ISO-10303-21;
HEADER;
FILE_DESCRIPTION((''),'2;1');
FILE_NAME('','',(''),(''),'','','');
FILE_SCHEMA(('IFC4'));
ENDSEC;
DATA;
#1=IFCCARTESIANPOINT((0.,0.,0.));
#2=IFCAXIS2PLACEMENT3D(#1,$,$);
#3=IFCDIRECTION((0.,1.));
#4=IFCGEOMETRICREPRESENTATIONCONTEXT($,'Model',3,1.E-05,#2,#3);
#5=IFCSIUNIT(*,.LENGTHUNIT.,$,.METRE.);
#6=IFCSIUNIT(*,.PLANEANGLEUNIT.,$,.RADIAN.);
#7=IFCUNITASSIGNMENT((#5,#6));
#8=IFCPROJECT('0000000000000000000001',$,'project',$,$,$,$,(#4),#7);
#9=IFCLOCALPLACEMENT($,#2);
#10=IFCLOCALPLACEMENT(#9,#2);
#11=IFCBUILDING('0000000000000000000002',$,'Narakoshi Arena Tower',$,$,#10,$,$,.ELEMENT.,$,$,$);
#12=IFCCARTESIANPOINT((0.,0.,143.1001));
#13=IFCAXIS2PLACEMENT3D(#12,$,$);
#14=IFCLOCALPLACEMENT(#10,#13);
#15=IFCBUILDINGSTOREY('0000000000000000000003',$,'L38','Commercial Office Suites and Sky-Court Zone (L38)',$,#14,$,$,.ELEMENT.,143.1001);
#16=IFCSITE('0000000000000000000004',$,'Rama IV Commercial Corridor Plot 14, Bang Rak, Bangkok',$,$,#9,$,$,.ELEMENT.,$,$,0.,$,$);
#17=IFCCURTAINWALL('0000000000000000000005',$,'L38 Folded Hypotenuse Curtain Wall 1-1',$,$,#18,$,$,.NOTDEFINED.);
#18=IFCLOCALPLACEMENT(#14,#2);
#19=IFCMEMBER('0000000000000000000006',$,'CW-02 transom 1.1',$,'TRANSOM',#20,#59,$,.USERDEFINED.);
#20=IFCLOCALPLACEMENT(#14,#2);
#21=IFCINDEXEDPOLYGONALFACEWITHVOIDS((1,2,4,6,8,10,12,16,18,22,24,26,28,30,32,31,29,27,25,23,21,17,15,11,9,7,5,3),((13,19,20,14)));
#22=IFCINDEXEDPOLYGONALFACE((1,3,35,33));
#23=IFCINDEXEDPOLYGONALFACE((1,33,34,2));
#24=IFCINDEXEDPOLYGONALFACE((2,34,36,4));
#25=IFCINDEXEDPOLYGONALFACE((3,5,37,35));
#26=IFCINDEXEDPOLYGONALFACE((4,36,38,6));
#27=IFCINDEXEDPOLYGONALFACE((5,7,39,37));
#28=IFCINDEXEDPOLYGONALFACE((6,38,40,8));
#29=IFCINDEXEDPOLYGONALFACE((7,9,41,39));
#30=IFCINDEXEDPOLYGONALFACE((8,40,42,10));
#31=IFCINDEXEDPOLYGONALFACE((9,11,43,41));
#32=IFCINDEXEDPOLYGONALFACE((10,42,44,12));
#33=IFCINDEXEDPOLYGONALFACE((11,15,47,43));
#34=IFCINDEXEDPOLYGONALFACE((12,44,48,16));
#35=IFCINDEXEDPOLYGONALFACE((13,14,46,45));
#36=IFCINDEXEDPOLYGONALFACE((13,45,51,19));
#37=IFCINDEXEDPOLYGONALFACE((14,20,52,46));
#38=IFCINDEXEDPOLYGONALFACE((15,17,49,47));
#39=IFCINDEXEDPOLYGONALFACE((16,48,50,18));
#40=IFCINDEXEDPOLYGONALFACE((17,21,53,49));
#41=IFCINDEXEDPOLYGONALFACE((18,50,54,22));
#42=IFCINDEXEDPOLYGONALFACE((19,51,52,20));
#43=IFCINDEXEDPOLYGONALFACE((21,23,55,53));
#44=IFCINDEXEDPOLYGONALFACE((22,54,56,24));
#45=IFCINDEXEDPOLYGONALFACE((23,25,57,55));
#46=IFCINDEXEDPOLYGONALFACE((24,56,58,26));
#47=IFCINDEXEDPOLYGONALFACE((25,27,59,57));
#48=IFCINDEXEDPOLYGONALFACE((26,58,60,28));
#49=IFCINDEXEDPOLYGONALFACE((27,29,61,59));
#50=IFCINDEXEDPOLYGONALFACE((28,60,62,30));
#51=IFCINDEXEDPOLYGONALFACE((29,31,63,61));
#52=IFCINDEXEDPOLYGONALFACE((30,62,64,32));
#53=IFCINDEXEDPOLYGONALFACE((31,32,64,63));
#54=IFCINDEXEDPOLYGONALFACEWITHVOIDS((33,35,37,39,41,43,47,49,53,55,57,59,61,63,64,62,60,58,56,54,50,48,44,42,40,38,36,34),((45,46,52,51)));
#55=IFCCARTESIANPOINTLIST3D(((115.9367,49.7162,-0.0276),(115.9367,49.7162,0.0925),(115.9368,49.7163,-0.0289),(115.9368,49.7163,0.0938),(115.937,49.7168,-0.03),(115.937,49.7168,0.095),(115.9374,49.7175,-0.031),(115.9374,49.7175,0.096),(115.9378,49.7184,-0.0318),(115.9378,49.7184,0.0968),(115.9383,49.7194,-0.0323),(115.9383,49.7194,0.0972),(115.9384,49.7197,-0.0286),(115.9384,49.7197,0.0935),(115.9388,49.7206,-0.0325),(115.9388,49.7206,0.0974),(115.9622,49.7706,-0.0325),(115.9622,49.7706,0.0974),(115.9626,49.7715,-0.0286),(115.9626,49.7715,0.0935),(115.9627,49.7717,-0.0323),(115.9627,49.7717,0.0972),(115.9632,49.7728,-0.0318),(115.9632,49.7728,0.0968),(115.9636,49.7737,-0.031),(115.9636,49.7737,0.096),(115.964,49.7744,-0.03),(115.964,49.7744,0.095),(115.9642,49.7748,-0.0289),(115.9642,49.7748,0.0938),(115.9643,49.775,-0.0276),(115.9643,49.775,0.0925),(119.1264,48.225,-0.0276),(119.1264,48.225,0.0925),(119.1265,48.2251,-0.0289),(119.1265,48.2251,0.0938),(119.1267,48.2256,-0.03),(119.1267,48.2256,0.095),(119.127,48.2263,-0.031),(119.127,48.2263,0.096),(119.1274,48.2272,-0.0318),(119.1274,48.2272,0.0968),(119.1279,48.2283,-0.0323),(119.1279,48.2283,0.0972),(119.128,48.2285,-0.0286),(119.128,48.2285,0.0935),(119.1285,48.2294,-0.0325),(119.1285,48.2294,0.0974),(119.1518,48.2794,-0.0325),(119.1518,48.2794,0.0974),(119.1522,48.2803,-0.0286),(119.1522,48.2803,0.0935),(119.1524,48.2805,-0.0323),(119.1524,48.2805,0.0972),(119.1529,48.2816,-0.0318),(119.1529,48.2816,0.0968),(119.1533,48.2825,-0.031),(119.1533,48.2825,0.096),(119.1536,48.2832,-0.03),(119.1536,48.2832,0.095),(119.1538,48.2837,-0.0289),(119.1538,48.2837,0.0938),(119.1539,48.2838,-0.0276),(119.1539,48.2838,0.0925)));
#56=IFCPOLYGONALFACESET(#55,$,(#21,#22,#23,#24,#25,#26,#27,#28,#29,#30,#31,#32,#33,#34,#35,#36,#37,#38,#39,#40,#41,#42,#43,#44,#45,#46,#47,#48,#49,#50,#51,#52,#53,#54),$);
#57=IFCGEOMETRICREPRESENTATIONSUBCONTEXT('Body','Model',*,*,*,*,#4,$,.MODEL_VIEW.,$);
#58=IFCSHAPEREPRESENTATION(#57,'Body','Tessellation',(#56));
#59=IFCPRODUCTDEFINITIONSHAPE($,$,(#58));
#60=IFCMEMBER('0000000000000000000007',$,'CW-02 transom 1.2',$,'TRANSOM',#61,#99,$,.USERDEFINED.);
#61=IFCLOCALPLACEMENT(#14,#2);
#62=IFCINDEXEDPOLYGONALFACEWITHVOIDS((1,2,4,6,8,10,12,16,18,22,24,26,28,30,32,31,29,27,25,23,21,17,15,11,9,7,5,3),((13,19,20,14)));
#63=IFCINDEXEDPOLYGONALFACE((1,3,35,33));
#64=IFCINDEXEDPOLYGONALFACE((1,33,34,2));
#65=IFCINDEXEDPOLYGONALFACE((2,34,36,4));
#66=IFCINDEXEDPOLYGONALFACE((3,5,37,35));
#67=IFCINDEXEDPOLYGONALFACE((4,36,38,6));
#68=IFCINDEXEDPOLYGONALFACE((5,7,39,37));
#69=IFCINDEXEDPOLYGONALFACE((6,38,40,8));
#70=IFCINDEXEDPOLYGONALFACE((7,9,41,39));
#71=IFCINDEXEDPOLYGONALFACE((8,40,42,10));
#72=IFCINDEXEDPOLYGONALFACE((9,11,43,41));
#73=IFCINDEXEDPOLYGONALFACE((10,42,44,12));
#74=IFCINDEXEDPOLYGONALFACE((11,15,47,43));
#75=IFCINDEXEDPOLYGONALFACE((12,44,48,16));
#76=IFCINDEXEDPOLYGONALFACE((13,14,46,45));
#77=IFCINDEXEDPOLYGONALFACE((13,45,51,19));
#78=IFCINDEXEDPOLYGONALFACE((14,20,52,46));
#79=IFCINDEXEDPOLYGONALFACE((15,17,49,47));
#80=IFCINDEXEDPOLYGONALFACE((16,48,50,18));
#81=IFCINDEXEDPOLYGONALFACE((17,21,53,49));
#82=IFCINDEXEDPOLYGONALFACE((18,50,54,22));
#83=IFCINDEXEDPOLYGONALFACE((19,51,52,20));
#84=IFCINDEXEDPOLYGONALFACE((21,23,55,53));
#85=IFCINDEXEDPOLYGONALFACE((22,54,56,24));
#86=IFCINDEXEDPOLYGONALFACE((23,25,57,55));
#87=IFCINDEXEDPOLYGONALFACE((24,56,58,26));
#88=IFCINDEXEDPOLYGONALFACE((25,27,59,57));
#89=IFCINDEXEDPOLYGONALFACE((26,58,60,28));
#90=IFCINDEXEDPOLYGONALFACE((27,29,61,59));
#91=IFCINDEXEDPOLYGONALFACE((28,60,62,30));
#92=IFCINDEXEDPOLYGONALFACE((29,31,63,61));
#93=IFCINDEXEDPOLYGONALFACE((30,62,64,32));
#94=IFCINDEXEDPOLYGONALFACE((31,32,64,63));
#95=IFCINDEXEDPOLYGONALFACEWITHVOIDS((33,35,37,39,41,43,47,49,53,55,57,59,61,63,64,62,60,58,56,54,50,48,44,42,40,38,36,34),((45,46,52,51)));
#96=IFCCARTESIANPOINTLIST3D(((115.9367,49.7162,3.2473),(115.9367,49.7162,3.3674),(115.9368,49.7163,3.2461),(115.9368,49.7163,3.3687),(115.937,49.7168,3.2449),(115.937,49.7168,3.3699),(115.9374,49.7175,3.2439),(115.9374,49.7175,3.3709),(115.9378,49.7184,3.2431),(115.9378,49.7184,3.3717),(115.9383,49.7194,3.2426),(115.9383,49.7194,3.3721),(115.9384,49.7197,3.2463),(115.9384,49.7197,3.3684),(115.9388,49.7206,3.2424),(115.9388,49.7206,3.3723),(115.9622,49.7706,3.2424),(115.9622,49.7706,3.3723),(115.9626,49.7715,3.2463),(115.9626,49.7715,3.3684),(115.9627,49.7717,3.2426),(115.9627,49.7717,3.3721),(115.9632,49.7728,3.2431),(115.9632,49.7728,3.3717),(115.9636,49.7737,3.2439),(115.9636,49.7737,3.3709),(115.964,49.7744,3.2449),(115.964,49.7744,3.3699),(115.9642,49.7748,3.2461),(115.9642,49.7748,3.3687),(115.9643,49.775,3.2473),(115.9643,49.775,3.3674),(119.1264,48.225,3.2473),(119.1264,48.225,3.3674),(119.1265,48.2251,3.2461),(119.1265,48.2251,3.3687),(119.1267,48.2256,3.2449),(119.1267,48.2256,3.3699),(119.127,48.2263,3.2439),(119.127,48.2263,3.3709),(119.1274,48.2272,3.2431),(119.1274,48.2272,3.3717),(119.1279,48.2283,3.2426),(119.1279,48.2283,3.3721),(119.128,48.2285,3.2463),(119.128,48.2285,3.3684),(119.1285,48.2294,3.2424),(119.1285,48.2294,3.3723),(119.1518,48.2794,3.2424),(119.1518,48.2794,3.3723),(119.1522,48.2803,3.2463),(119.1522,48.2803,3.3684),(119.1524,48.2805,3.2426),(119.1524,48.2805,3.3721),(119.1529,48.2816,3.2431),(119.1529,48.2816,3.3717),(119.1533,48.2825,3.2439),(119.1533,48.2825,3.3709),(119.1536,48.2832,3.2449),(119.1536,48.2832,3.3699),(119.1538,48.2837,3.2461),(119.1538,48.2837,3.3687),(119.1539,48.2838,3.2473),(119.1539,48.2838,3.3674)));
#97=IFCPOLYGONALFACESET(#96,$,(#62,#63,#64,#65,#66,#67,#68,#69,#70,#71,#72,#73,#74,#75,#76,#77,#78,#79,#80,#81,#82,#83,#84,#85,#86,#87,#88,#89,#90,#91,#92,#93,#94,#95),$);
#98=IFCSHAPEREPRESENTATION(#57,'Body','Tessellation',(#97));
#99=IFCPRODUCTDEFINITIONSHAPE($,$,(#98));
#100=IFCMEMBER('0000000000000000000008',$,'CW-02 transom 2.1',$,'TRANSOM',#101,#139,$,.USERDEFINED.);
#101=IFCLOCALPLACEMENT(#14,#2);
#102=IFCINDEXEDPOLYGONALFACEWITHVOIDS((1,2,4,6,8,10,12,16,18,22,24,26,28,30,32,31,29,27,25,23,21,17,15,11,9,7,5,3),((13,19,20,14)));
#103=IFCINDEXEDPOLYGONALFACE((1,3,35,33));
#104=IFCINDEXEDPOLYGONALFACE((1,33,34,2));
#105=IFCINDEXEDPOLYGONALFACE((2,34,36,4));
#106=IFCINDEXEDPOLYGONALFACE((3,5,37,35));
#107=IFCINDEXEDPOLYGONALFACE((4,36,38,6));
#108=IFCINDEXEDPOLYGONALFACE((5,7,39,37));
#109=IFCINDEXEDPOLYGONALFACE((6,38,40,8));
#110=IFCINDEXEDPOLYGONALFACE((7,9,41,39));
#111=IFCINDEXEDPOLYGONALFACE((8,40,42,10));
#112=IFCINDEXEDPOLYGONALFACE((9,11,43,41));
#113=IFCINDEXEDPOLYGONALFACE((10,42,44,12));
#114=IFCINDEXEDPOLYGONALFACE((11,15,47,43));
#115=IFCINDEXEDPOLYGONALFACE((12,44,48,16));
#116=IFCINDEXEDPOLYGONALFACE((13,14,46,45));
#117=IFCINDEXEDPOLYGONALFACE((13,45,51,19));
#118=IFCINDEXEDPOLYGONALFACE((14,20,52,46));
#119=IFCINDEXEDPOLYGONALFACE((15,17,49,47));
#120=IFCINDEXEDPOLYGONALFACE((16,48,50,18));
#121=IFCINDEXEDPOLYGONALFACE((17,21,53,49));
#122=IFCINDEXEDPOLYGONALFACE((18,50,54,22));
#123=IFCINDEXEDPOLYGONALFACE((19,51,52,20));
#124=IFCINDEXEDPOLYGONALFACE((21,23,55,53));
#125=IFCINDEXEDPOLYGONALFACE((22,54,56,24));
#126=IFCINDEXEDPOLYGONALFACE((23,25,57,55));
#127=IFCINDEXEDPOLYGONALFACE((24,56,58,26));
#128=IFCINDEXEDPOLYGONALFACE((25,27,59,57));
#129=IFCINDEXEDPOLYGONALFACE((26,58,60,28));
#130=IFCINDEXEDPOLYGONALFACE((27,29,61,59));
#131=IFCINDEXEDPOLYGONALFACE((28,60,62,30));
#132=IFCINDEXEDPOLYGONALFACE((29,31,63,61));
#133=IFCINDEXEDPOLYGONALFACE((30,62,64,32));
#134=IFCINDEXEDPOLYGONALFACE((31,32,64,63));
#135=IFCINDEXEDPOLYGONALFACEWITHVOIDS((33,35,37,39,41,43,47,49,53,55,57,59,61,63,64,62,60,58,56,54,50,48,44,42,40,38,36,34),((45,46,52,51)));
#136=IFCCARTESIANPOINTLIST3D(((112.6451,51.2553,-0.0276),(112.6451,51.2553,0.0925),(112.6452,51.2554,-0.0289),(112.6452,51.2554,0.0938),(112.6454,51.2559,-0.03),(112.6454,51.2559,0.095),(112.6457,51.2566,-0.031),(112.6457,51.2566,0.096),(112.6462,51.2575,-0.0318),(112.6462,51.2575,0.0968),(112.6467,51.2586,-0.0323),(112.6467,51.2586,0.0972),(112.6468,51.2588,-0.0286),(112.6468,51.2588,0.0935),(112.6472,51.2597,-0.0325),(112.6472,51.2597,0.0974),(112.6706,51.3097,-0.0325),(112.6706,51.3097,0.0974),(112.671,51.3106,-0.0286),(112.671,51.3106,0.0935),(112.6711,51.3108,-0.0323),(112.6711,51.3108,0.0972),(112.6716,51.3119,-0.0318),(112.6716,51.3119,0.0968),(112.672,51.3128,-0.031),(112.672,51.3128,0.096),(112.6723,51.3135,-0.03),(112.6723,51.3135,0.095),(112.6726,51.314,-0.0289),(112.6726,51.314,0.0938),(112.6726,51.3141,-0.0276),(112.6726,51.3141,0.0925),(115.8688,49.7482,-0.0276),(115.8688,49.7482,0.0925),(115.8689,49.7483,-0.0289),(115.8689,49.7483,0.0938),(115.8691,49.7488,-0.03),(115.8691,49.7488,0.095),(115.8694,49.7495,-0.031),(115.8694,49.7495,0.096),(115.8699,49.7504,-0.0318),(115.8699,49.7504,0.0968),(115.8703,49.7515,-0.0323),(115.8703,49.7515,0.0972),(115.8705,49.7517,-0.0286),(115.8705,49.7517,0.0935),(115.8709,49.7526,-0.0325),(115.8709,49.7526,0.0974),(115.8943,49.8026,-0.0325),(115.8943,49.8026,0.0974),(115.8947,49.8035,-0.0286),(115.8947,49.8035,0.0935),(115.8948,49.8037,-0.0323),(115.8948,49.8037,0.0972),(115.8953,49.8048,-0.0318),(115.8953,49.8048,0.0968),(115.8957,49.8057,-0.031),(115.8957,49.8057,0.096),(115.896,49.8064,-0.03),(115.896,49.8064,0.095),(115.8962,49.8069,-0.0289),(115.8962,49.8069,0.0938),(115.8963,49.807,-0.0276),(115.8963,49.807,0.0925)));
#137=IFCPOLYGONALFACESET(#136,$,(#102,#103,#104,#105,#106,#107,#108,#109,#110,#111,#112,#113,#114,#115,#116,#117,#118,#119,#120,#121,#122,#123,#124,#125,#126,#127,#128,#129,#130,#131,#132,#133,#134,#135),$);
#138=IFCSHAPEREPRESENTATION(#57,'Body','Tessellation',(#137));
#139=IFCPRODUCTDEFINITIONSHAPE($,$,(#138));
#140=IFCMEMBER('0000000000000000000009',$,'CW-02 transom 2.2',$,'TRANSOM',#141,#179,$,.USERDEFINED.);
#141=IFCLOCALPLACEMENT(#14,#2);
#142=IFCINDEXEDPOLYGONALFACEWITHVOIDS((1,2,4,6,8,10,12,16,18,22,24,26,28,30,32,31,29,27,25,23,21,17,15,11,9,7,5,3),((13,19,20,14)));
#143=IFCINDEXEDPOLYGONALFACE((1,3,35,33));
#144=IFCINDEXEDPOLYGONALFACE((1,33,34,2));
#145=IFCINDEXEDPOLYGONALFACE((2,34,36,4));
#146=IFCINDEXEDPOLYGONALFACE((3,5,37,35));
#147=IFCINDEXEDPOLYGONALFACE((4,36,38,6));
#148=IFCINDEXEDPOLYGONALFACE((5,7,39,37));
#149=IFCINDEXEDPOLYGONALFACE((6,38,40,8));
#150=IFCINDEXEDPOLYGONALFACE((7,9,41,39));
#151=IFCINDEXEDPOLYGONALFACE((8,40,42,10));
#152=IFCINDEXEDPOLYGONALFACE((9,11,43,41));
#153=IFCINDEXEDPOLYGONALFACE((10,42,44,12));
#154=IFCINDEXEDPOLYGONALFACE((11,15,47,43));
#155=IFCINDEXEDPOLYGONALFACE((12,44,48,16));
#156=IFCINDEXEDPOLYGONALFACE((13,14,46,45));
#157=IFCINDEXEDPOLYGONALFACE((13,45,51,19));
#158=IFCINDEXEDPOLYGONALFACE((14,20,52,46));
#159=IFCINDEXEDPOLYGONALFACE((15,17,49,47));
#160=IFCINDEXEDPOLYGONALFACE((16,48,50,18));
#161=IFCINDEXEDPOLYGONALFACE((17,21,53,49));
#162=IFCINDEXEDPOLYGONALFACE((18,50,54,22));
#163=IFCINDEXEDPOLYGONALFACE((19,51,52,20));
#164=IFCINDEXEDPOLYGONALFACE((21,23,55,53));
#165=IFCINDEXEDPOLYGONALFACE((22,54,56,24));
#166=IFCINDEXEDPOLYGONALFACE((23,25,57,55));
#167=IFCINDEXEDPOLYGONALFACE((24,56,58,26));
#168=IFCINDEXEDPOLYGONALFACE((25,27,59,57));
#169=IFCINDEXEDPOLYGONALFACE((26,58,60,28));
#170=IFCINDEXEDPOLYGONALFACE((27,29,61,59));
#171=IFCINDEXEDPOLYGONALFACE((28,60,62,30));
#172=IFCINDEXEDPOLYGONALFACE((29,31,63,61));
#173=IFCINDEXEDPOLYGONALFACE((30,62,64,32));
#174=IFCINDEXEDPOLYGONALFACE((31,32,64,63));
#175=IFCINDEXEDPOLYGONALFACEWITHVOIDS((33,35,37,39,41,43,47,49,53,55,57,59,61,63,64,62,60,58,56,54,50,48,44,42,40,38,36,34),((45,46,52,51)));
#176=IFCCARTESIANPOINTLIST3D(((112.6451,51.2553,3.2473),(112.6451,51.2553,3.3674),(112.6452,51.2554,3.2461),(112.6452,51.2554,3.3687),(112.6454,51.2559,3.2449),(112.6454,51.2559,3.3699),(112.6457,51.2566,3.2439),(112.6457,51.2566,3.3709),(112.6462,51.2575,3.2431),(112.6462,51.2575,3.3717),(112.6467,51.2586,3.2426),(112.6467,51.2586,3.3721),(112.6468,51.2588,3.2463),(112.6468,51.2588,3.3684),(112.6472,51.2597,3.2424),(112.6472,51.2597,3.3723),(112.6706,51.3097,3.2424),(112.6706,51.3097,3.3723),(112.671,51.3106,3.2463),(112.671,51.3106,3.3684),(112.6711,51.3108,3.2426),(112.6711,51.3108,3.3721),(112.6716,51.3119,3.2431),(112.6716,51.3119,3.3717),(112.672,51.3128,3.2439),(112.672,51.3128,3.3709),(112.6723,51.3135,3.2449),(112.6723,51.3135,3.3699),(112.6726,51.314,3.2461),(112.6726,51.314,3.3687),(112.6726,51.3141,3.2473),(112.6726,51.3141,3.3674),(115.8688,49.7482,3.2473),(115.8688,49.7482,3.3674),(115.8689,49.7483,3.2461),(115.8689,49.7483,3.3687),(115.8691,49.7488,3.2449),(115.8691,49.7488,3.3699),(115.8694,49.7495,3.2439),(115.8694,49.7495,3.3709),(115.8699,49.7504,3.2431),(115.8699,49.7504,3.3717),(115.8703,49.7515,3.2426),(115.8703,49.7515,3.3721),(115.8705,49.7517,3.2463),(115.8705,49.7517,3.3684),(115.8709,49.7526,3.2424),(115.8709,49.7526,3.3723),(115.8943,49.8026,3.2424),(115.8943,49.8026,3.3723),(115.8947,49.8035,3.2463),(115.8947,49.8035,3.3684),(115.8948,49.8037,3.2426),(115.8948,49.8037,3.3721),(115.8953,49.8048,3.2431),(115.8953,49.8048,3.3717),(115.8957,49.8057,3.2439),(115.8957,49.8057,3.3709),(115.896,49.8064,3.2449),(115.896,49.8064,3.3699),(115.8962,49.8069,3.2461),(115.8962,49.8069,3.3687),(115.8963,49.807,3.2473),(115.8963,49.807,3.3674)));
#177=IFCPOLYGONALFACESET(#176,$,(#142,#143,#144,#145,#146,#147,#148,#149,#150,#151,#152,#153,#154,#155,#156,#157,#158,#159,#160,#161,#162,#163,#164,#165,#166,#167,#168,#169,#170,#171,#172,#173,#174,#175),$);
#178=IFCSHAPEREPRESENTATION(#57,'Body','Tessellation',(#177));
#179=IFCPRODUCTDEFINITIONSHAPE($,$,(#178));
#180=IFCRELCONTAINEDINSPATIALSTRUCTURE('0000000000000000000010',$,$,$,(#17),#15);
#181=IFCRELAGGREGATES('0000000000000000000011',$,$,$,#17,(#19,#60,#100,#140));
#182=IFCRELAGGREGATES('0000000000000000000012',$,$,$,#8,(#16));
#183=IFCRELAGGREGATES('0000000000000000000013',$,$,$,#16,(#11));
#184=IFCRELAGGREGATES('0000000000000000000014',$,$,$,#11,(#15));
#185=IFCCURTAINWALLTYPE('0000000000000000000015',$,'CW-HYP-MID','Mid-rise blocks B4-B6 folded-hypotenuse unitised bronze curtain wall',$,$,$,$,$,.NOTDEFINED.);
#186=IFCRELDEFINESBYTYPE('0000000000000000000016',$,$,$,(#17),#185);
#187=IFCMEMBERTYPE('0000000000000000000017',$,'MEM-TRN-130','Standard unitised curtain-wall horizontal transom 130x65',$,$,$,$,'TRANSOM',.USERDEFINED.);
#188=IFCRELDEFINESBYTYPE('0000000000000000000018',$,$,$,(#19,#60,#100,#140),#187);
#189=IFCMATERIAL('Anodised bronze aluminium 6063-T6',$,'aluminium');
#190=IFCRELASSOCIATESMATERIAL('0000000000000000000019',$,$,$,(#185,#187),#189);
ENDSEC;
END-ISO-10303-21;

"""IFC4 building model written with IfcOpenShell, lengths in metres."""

from ifc_helpers import new_model, si_unit, direction, frame, origin, origin_2d, place, context, subcontext, project, spatial, hollow_rectangle, extrude, material, material_profile, profile_set, type_object, element, aggregate, save


model = new_model("IFC4")

# Units and contexts
model_context = context("Model", 3, precision=1e-05, world=origin(), true_north=direction((0.0, 1.0)))
body_context = subcontext(model_context, "Body", "Model", "MODEL_VIEW")
ifc_project = project(units=[si_unit("LENGTHUNIT", "METRE"), si_unit("PLANEANGLEUNIT", "RADIAN")], contexts=[model_context])

# Site, building, storey
site_placement = place(None, origin())
site = spatial("IfcSite", under=ifc_project, at=site_placement, Name="Rama IV Commercial Corridor Plot 14, Bang Rak, Bangkok", CompositionType="ELEMENT", RefElevation=0.0)
building_placement = place(site_placement, origin())
building = spatial("IfcBuilding", under=site, at=building_placement, Name="Narakoshi Arena Tower", CompositionType="ELEMENT")
storey_placement = place(building_placement, frame((0.0, 0.0, 143.1001)))
storey = spatial("IfcBuildingStorey", under=building, at=storey_placement, Name="L38", Description="Commercial Office Suites and Sky-Court Zone (L38)", CompositionType="ELEMENT", Elevation=143.1001)

# Curtain wall, members
ifc_material_1 = material(Name="Anodised bronze aluminium 6063-T6", Category="aluminium")
curtain_wall_type = type_object("IfcCurtainWallType", Name="CW-HYP-MID", Description="Mid-rise blocks B4-B6 folded-hypotenuse unitised bronze curtain wall", PredefinedType="NOTDEFINED", material=ifc_material_1)
curtain_wall_placement = place(storey_placement, origin())
curtain_wall = element("IfcCurtainWall", 1, at=curtain_wall_placement, inside=storey, type_object=curtain_wall_type, Name="L38 Folded Hypotenuse Curtain Wall 1-1", PredefinedType="NOTDEFINED")
ifc_material_profile_1 = material_profile(ifc_material_1, hollow_rectangle(XDim=0.0649, YDim=0.1299, WallThickness=0.0039, OuterFilletRadius=0.0049, at=origin_2d()), Name="TRN130x65x4")
ifc_profile_set_1 = profile_set([ifc_material_profile_1], Name="Anodised bronze aluminium 6063-T6")
member_type_1 = type_object("IfcMemberType", Name="MEM-TRN-130", Description="Standard unitised curtain-wall horizontal transom 130x65", ElementType="TRANSOM", PredefinedType="USERDEFINED", material=ifc_profile_set_1)
member_1_placement = place(storey_placement, frame((119.1401, 48.2544, 0.0325), z_axis=(-0.905891, 0.423512, 0.0), x_axis=(-0.423512, -0.905891, 0.0)))
member_1 = element("IfcMember", 2, at=member_1_placement, type_object=member_type_1, Name="CW-02 transom 1.1", ObjectType="TRANSOM", PredefinedType="USERDEFINED", context=body_context, shape_type="SweptSolid", body=[
    extrude(hollow_rectangle(XDim=0.0649, YDim=0.1299, WallThickness=0.0039, OuterFilletRadius=0.0049, at=origin_2d()), origin(), (0.0, 0.0, 1.0), 3.521),
])
member_2_placement = place(storey_placement, frame((119.1401, 48.2544, 3.3074), z_axis=(-0.905891, 0.423512, 0.0), x_axis=(-0.423512, -0.905891, 0.0)))
member_2 = element("IfcMember", 3, at=member_2_placement, type_object=member_type_1, Name="CW-02 transom 1.2", ObjectType="TRANSOM", PredefinedType="USERDEFINED", context=body_context, shape_type="SweptSolid", body=[
    extrude(hollow_rectangle(XDim=0.0649, YDim=0.1299, WallThickness=0.0039, OuterFilletRadius=0.0049, at=origin_2d()), origin(), (0.0, 0.0, 1.0), 3.521),
])
member_3_placement = place(storey_placement, frame((115.8826, 49.7776, 0.0325), z_axis=(-0.90589, 0.423513, 0.0), x_axis=(-0.423513, -0.90589, 0.0)))
member_3 = element("IfcMember", 4, at=member_3_placement, type_object=member_type_1, Name="CW-02 transom 2.1", ObjectType="TRANSOM", PredefinedType="USERDEFINED", context=body_context, shape_type="SweptSolid", body=[
    extrude(hollow_rectangle(XDim=0.0649, YDim=0.1299, WallThickness=0.0039, OuterFilletRadius=0.0049, at=origin_2d()), origin(), (0.0, 0.0, 1.0), 3.5586),
])
member_4_placement = place(storey_placement, frame((115.8826, 49.7776, 3.3074), z_axis=(-0.90589, 0.423513, 0.0), x_axis=(-0.423513, -0.90589, 0.0)))
member_4 = element("IfcMember", 5, at=member_4_placement, type_object=member_type_1, Name="CW-02 transom 2.2", ObjectType="TRANSOM", PredefinedType="USERDEFINED", context=body_context, shape_type="SweptSolid", body=[
    extrude(hollow_rectangle(XDim=0.0649, YDim=0.1299, WallThickness=0.0039, OuterFilletRadius=0.0049, at=origin_2d()), origin(), (0.0, 0.0, 1.0), 3.5586),
])
aggregate(curtain_wall, [member_1, member_2, member_3, member_4])

save(model, "model.ifc")
